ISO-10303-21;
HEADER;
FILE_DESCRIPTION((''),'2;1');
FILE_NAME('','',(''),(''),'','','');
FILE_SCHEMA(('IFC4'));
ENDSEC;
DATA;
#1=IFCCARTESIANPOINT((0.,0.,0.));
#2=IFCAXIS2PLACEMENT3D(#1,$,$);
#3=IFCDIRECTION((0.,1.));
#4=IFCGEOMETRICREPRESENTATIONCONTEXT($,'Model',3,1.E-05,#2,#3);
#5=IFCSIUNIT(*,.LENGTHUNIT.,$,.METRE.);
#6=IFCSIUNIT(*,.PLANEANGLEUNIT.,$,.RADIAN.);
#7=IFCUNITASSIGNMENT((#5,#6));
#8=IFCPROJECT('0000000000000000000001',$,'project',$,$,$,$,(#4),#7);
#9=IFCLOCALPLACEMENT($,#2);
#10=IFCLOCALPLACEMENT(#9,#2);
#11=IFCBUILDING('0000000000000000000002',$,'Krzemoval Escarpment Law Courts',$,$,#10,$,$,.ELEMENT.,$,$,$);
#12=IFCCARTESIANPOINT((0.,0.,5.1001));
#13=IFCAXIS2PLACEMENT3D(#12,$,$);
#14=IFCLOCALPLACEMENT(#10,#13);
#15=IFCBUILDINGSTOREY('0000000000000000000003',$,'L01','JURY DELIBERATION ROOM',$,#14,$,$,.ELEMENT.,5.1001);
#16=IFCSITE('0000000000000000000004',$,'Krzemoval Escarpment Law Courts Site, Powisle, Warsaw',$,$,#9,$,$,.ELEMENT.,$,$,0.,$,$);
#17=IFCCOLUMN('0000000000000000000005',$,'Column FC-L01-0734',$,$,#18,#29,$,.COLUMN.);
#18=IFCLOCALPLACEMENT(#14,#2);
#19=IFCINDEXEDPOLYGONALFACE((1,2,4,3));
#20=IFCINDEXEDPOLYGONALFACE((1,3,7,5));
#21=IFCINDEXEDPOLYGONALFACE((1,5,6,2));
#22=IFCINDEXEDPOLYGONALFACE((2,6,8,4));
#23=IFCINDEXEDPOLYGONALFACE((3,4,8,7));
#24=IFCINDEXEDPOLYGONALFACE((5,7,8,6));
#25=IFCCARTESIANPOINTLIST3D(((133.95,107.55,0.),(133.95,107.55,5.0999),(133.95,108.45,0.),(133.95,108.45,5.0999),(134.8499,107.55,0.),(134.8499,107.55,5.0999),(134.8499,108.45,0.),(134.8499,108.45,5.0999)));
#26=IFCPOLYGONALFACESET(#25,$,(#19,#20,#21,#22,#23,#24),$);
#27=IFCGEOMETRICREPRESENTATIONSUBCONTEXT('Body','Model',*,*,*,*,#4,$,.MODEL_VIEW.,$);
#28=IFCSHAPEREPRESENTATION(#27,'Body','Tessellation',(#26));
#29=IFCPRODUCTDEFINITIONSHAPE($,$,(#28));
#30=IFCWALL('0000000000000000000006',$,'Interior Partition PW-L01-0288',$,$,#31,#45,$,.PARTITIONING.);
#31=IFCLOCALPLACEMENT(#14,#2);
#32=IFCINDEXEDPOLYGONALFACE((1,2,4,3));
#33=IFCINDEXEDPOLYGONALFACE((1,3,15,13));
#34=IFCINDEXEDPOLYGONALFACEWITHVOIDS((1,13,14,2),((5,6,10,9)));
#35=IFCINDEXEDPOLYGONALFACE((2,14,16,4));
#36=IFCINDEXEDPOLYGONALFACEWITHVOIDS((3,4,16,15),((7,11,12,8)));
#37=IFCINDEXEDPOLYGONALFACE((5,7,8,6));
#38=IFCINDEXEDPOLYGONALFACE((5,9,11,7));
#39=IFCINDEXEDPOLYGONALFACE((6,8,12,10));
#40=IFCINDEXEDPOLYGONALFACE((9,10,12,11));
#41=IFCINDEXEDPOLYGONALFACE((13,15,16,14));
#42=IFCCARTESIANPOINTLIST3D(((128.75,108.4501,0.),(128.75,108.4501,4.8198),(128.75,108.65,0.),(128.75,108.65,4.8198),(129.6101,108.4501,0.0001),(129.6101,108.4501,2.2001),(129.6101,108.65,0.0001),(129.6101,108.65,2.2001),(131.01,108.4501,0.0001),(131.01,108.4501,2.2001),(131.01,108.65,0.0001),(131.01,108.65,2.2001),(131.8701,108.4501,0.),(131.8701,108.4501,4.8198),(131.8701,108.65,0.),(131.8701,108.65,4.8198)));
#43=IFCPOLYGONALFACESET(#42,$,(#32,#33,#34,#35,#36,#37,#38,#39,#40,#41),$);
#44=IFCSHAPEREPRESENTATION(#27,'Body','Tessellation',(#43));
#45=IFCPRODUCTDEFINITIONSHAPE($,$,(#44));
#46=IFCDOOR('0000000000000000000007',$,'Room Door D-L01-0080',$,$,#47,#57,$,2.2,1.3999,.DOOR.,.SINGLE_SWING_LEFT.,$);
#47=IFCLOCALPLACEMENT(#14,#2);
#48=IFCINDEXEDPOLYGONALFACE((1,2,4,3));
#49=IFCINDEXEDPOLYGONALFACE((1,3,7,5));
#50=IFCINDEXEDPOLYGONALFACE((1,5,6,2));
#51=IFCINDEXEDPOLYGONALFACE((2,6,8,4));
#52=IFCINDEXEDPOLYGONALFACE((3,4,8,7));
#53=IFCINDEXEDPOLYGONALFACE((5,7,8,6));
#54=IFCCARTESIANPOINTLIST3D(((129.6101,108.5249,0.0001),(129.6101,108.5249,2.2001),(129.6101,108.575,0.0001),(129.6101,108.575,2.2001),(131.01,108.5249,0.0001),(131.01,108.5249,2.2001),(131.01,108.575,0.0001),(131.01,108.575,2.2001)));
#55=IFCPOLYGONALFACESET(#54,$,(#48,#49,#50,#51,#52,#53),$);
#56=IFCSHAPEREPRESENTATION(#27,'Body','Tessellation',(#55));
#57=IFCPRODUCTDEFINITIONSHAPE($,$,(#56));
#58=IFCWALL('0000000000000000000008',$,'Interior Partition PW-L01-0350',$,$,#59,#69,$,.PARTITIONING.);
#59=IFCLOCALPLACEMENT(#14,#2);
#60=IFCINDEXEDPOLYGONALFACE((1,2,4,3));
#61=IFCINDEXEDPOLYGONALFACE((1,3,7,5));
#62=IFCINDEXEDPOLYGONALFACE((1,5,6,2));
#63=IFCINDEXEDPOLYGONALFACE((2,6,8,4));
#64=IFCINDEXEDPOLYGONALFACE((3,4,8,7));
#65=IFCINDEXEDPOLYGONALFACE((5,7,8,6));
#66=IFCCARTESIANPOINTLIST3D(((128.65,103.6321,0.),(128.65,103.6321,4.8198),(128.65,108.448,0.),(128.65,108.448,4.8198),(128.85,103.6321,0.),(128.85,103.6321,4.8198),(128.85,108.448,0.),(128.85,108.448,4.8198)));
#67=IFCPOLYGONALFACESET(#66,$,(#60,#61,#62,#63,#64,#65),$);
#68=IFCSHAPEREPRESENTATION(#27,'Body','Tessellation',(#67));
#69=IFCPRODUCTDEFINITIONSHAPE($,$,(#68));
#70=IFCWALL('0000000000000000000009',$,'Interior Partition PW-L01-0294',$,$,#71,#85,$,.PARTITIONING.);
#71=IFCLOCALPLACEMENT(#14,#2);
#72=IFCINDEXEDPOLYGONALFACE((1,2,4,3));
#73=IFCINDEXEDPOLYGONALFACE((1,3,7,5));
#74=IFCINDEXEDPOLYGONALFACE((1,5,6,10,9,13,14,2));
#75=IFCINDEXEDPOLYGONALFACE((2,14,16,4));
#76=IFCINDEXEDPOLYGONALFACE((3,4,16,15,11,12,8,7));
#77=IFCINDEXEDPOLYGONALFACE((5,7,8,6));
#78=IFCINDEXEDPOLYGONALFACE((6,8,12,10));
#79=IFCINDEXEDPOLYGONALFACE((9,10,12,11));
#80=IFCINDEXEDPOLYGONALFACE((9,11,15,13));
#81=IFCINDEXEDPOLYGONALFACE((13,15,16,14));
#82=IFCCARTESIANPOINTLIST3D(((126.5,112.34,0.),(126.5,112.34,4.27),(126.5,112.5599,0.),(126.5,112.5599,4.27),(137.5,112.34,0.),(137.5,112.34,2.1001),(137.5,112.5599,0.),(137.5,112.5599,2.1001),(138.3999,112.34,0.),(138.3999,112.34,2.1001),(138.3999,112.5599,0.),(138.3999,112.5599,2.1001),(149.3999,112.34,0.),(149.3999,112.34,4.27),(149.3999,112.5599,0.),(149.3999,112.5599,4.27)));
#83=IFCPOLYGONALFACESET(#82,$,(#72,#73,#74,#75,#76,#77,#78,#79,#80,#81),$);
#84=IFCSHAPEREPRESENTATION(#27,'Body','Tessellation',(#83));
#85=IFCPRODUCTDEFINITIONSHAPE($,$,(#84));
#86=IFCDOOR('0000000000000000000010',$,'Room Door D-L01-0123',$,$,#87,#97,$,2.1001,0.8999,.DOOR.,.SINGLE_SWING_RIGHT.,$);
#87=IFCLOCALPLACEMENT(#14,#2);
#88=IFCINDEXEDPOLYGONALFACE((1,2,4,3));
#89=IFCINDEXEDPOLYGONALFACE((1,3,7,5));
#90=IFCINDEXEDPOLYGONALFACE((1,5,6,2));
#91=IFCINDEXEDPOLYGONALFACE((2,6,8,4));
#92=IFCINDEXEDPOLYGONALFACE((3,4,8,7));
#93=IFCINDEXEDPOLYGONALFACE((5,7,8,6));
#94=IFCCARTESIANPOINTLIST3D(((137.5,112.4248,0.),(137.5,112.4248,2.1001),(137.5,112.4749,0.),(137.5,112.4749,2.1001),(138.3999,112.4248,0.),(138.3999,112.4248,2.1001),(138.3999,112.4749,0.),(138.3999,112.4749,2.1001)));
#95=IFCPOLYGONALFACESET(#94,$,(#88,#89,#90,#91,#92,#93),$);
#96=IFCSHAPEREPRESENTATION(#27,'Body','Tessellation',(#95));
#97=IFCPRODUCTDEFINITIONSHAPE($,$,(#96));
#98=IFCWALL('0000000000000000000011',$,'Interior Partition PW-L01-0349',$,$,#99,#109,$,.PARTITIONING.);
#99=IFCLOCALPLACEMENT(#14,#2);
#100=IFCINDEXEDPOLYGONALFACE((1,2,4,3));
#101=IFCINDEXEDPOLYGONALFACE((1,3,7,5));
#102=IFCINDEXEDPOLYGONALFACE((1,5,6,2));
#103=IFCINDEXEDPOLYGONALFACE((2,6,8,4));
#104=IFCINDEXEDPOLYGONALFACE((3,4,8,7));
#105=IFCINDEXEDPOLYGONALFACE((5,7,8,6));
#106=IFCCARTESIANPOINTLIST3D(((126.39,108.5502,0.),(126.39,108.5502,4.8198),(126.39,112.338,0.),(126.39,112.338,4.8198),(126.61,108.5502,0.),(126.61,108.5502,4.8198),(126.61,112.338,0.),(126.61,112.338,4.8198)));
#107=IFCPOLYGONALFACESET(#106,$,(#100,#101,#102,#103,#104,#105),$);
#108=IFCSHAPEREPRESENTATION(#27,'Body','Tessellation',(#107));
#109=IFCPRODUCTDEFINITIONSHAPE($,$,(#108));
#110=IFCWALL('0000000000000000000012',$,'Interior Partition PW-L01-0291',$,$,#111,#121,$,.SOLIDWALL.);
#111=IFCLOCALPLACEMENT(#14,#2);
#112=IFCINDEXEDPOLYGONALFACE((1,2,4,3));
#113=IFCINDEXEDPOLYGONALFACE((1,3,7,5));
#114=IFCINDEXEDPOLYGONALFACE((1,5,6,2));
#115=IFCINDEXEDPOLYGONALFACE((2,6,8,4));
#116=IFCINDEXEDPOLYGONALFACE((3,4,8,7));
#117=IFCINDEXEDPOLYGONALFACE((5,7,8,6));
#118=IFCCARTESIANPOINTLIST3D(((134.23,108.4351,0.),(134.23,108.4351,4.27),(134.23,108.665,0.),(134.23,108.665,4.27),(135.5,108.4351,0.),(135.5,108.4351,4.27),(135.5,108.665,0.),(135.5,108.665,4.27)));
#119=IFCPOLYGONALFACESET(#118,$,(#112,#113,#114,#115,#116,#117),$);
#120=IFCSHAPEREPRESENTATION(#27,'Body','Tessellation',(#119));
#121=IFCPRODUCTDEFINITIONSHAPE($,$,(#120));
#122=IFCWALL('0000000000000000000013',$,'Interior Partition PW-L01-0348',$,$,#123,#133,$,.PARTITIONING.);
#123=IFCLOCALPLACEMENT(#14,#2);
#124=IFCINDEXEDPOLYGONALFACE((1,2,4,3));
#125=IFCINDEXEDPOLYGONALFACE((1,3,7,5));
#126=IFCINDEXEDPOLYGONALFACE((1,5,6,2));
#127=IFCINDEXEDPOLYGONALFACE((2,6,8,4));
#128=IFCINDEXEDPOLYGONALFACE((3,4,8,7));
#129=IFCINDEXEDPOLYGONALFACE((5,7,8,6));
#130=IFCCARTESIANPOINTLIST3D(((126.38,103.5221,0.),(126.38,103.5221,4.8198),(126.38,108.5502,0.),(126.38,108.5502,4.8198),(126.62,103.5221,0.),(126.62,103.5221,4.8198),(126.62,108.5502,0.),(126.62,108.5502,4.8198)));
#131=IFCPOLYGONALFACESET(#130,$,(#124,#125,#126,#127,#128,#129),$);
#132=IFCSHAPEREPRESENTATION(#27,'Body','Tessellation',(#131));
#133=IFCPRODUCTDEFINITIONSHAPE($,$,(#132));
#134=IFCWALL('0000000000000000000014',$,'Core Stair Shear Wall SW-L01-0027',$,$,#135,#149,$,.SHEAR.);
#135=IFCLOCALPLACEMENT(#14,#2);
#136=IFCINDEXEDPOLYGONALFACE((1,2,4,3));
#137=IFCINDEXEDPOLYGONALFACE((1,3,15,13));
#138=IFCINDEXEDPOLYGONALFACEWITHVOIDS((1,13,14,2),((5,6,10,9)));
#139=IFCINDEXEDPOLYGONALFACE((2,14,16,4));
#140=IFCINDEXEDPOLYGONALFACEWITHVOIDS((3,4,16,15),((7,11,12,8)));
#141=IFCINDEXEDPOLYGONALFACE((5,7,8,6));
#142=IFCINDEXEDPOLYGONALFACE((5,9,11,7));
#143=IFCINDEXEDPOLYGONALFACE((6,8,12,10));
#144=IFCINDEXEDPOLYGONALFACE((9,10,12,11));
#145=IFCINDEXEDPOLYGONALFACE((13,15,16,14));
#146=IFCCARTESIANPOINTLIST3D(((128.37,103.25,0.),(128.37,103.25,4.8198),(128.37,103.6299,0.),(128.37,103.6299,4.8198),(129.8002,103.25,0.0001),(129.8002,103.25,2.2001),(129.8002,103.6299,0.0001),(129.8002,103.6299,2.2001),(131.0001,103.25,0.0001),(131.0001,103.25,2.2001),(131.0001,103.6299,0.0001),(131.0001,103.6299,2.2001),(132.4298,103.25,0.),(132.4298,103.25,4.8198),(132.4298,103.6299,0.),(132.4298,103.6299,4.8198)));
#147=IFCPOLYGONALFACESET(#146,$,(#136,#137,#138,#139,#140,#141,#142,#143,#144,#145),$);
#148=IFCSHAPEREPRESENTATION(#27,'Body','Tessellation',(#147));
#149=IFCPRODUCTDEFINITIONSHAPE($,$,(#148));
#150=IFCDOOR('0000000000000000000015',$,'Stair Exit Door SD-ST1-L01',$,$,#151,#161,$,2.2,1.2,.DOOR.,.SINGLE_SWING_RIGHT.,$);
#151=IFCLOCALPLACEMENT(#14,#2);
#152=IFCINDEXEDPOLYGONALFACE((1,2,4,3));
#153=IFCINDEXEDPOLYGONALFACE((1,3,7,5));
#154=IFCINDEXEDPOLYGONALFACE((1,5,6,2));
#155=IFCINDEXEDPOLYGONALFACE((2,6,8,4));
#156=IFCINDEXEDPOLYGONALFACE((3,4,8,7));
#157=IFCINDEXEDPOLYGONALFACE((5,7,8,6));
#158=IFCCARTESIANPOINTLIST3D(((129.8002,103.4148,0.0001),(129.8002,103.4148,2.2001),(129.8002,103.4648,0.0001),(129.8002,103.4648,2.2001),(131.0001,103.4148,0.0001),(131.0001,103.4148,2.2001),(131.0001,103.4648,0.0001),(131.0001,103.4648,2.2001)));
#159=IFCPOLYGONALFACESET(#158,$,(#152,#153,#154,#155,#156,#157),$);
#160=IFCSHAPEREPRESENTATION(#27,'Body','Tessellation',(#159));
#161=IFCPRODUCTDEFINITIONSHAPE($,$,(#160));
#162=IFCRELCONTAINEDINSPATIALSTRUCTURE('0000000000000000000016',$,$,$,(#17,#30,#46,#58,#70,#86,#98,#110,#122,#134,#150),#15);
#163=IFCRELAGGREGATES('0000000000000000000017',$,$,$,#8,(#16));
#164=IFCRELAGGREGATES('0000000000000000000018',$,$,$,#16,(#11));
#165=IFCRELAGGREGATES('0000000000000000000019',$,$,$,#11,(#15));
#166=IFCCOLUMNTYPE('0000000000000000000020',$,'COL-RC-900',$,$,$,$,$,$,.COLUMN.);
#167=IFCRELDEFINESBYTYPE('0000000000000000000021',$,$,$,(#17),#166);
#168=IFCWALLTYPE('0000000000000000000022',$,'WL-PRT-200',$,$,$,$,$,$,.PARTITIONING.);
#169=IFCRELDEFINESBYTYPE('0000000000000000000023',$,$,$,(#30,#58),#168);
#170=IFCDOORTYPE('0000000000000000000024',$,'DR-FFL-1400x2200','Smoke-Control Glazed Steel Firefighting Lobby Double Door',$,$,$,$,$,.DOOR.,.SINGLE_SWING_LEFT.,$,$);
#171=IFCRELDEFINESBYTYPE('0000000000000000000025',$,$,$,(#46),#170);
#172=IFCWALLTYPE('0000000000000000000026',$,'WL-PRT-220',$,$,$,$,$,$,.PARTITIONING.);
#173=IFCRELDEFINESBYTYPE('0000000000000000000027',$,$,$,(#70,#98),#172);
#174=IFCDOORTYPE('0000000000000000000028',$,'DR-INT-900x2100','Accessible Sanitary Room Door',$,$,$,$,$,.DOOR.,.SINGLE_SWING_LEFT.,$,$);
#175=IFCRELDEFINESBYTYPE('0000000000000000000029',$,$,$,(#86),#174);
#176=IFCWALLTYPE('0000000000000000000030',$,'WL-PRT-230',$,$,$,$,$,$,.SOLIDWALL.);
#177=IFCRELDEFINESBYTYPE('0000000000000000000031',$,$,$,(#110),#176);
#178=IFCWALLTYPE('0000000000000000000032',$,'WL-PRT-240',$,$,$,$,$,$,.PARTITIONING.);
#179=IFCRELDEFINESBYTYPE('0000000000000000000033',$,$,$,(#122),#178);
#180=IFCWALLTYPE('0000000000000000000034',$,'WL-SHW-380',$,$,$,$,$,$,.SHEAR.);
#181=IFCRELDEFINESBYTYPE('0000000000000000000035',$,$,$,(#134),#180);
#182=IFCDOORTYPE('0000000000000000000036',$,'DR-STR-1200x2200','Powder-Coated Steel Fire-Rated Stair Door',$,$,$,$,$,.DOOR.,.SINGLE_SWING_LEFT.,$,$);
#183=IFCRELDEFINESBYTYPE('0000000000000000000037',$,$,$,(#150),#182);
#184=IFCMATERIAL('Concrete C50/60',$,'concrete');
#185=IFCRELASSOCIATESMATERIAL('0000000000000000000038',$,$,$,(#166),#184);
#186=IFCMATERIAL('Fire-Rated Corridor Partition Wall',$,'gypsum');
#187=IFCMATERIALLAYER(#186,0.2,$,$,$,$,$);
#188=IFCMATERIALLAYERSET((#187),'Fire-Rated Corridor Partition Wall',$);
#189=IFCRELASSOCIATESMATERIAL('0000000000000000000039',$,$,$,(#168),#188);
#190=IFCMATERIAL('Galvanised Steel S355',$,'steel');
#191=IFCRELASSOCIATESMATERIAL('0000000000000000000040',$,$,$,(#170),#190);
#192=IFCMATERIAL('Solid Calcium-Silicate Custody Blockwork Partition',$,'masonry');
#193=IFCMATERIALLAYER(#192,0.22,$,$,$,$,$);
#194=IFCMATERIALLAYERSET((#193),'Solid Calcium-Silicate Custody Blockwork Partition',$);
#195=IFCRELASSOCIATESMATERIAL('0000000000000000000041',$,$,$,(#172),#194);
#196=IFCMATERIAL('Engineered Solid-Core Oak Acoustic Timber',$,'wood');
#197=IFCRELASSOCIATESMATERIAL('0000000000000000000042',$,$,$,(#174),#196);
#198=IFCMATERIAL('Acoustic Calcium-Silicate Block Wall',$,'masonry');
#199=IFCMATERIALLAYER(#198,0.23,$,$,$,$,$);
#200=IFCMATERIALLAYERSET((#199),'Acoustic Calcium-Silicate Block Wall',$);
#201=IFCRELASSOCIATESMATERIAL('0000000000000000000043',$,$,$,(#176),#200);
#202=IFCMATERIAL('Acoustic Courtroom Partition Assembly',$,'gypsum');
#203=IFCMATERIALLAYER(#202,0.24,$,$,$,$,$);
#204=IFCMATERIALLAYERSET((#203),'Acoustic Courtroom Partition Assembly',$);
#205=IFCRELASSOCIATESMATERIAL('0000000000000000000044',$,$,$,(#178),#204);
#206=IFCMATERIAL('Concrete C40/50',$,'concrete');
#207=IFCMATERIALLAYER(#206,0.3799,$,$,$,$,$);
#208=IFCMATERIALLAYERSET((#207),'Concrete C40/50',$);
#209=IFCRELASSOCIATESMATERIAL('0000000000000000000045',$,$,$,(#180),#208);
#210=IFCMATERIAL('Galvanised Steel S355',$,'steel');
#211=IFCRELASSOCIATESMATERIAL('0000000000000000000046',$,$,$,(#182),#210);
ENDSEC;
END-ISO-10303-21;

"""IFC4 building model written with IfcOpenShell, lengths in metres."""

from ifc_helpers import new_model, si_unit, direction, frame, frame_2d, origin, origin_2d, place, context, subcontext, project, spatial, rectangle, extrude, material, layer, layer_set, material_profile, profile_set, type_object, element, fill, save


model = new_model("IFC4")

# Units and contexts
model_context = context("Model", 3, precision=1e-05, world=origin(), true_north=direction((0.0, 1.0)))
body_context = subcontext(model_context, "Body", "Model", "MODEL_VIEW")
ifc_project = project(units=[si_unit("LENGTHUNIT", "METRE"), si_unit("PLANEANGLEUNIT", "RADIAN")], contexts=[model_context])

# Site, building, storey
site_placement = place(None, origin())
site = spatial("IfcSite", under=ifc_project, at=site_placement, Name="Krzemoval Escarpment Law Courts Site, Powisle, Warsaw", CompositionType="ELEMENT", RefElevation=0.0)
building_placement = place(site_placement, origin())
building = spatial("IfcBuilding", under=site, at=building_placement, Name="Krzemoval Escarpment Law Courts", CompositionType="ELEMENT")
storey_placement = place(building_placement, frame((0.0, 0.0, 5.1001)))
storey = spatial("IfcBuildingStorey", under=building, at=storey_placement, Name="L01", Description="JURY DELIBERATION ROOM", CompositionType="ELEMENT", Elevation=5.1001)

# Column
ifc_material_1 = material(Name="Concrete C50/60", Category="concrete")
ifc_material_profile = material_profile(ifc_material_1, rectangle(XDim=0.8999, YDim=0.8999, at=origin_2d()), Name="RC 900x900")
ifc_profile_set = profile_set([ifc_material_profile], Name="Concrete C50/60")
column_type = type_object("IfcColumnType", Name="COL-RC-900", PredefinedType="COLUMN", material=ifc_profile_set)
column_placement = place(storey_placement, frame((134.3999, 108.0, 0.0), z_axis=(0.0, 0.0, 1.0), x_axis=(1.0, 0.0, 0.0)))
element("IfcColumn", 1, at=column_placement, inside=storey, type_object=column_type, Name="Column FC-L01-0734", PredefinedType="COLUMN", context=body_context, shape_type="SweptSolid", body=[
    extrude(rectangle(XDim=0.8999, YDim=0.8999, at=origin_2d()), origin(), (0.0, 0.0, 1.0), 5.0999),
])

# Wall, opening, door
ifc_material_2 = material(Name="Fire-Rated Corridor Partition Wall", Category="gypsum")
ifc_layer_1 = layer(ifc_material_2, 0.2)
ifc_layer_set_1 = layer_set([ifc_layer_1], Name="Fire-Rated Corridor Partition Wall")
wall_type_1 = type_object("IfcWallType", Name="WL-PRT-200", PredefinedType="PARTITIONING", material=ifc_layer_set_1)
wall_1_placement = place(storey_placement, frame((128.75, 108.55, 0.0), z_axis=(0.0, 0.0, 1.0), x_axis=(1.0, 0.0, 0.0)))
wall_1 = element("IfcWall", 2, at=wall_1_placement, inside=storey, type_object=wall_type_1, Name="Interior Partition PW-L01-0288", PredefinedType="PARTITIONING", context=body_context, shape_type="SweptSolid", body=[
    extrude(rectangle(XDim=3.1201, YDim=0.2, at=frame_2d((1.5601, 0.0))), origin(), (0.0, 0.0, 1.0), 4.8198),
])
opening_1_placement = place(wall_1_placement, frame((0.8601, 0.0, 0.0)))
opening_1 = element("IfcOpeningElement", 3, at=opening_1_placement, cuts=wall_1, PredefinedType="OPENING", context=body_context, shape_type="SweptSolid", body=[
    extrude(rectangle(XDim=1.3999, YDim=2.2, at=frame_2d((0.7, 1.1001))), frame((0.0, 0.115, 0.0), z_axis=(0.0, -1.0, 0.0), x_axis=(1.0, 0.0, 0.0)), (0.0, 0.0, 1.0), 0.2299),
])
ifc_material_3 = material(Name="Galvanised Steel S355", Category="steel")
door_type_1 = type_object("IfcDoorType", Name="DR-FFL-1400x2200", Description="Smoke-Control Glazed Steel Firefighting Lobby Double Door", OperationType="SINGLE_SWING_LEFT", PredefinedType="DOOR", material=ifc_material_3)
door_1_placement = place(opening_1_placement, origin())
door_1 = element("IfcDoor", 4, at=door_1_placement, inside=storey, type_object=door_type_1, Name="Room Door D-L01-0080", OperationType="SINGLE_SWING_LEFT", OverallHeight=2.2, OverallWidth=1.3999, PredefinedType="DOOR", context=body_context, shape_type="SweptSolid", body=[
    extrude(rectangle(XDim=1.3999, YDim=2.2, at=frame_2d((0.7, 1.1001))), frame((0.0, 0.0249, 0.0), z_axis=(0.0, -1.0, 0.0), x_axis=(1.0, 0.0, 0.0)), (0.0, 0.0, 1.0), 0.05),
])
fill(opening_1, door_1)

# Wall
wall_2_placement = place(storey_placement, frame((128.75, 103.6321, 0.0), z_axis=(0.0, 0.0, 1.0), x_axis=(0.0, 1.0, 0.0)))
element("IfcWall", 5, at=wall_2_placement, inside=storey, type_object=wall_type_1, Name="Interior Partition PW-L01-0350", PredefinedType="PARTITIONING", context=body_context, shape_type="SweptSolid", body=[
    extrude(rectangle(XDim=4.8159, YDim=0.2, at=frame_2d((2.408, 0.0))), origin(), (0.0, 0.0, 1.0), 4.8198),
])

# Wall, opening, door
ifc_material_4 = material(Name="Solid Calcium-Silicate Custody Blockwork Partition", Category="masonry")
ifc_layer_2 = layer(ifc_material_4, 0.22)
ifc_layer_set_2 = layer_set([ifc_layer_2], Name="Solid Calcium-Silicate Custody Blockwork Partition")
wall_type_2 = type_object("IfcWallType", Name="WL-PRT-220", PredefinedType="PARTITIONING", material=ifc_layer_set_2)
wall_3_placement = place(storey_placement, frame((126.5, 112.45, 0.0), z_axis=(0.0, 0.0, 1.0), x_axis=(1.0, 0.0, 0.0)))
wall_3 = element("IfcWall", 6, at=wall_3_placement, inside=storey, type_object=wall_type_2, Name="Interior Partition PW-L01-0294", PredefinedType="PARTITIONING", context=body_context, shape_type="SweptSolid", body=[
    extrude(rectangle(XDim=22.8999, YDim=0.22, at=frame_2d((11.45, 0.0))), origin(), (0.0, 0.0, 1.0), 4.27),
])
opening_2_placement = place(wall_3_placement, frame((11.0, 0.0, 0.0)))
opening_2 = element("IfcOpeningElement", 7, at=opening_2_placement, cuts=wall_3, PredefinedType="OPENING", context=body_context, shape_type="SweptSolid", body=[
    extrude(rectangle(XDim=0.8999, YDim=2.1001, at=frame_2d((0.45, 1.05))), frame((0.0, 0.125, 0.0), z_axis=(0.0, -1.0, 0.0), x_axis=(1.0, 0.0, 0.0)), (0.0, 0.0, 1.0), 0.25),
])
ifc_material_5 = material(Name="Engineered Solid-Core Oak Acoustic Timber", Category="wood")
door_type_2 = type_object("IfcDoorType", Name="DR-INT-900x2100", Description="Accessible Sanitary Room Door", OperationType="SINGLE_SWING_LEFT", PredefinedType="DOOR", material=ifc_material_5)
door_2_placement = place(opening_2_placement, origin())
door_2 = element("IfcDoor", 8, at=door_2_placement, inside=storey, type_object=door_type_2, Name="Room Door D-L01-0123", OperationType="SINGLE_SWING_RIGHT", OverallHeight=2.1001, OverallWidth=0.8999, PredefinedType="DOOR", context=body_context, shape_type="SweptSolid", body=[
    extrude(rectangle(XDim=0.8999, YDim=2.1001, at=frame_2d((0.45, 1.05))), frame((0.0, 0.0249, 0.0), z_axis=(0.0, -1.0, 0.0), x_axis=(1.0, 0.0, 0.0)), (0.0, 0.0, 1.0), 0.05),
])
fill(opening_2, door_2)

# Walls
wall_4_placement = place(storey_placement, frame((126.5, 108.55, 0.0), z_axis=(0.0, 0.0, 1.0), x_axis=(0.0, 1.0, 0.0)))
element("IfcWall", 9, at=wall_4_placement, inside=storey, type_object=wall_type_2, Name="Interior Partition PW-L01-0349", PredefinedType="PARTITIONING", context=body_context, shape_type="SweptSolid", body=[
    extrude(rectangle(XDim=3.7878, YDim=0.22, at=frame_2d((1.894, 0.0))), origin(), (0.0, 0.0, 1.0), 4.8198),
])
ifc_material_6 = material(Name="Acoustic Calcium-Silicate Block Wall", Category="masonry")
ifc_layer_3 = layer(ifc_material_6, 0.23)
ifc_layer_set_3 = layer_set([ifc_layer_3], Name="Acoustic Calcium-Silicate Block Wall")
wall_type_3 = type_object("IfcWallType", Name="WL-PRT-230", PredefinedType="SOLIDWALL", material=ifc_layer_set_3)
wall_5_placement = place(storey_placement, frame((134.23, 108.55, 0.0), z_axis=(0.0, 0.0, 1.0), x_axis=(1.0, 0.0, 0.0)))
element("IfcWall", 10, at=wall_5_placement, inside=storey, type_object=wall_type_3, Name="Interior Partition PW-L01-0291", PredefinedType="SOLIDWALL", context=body_context, shape_type="SweptSolid", body=[
    extrude(rectangle(XDim=1.27, YDim=0.23, at=frame_2d((0.635, 0.0))), origin(), (0.0, 0.0, 1.0), 4.27),
])
ifc_material_7 = material(Name="Acoustic Courtroom Partition Assembly", Category="gypsum")
ifc_layer_4 = layer(ifc_material_7, 0.24)
ifc_layer_set_4 = layer_set([ifc_layer_4], Name="Acoustic Courtroom Partition Assembly")
wall_type_4 = type_object("IfcWallType", Name="WL-PRT-240", PredefinedType="PARTITIONING", material=ifc_layer_set_4)
wall_6_placement = place(storey_placement, frame((126.5, 103.522, 0.0), z_axis=(0.0, 0.0, 1.0), x_axis=(0.0, 1.0, 0.0)))
element("IfcWall", 11, at=wall_6_placement, inside=storey, type_object=wall_type_4, Name="Interior Partition PW-L01-0348", PredefinedType="PARTITIONING", context=body_context, shape_type="SweptSolid", body=[
    extrude(rectangle(XDim=5.0281, YDim=0.24, at=frame_2d((2.5142, 0.0))), origin(), (0.0, 0.0, 1.0), 4.8198),
])

# Wall, opening, door
ifc_material_8 = material(Name="Concrete C40/50", Category="concrete")
ifc_layer_5 = layer(ifc_material_8, 0.3799)
ifc_layer_set_5 = layer_set([ifc_layer_5], Name="Concrete C40/50")
wall_type_5 = type_object("IfcWallType", Name="WL-SHW-380", PredefinedType="SHEAR", material=ifc_layer_set_5)
wall_7_placement = place(storey_placement, frame((128.3701, 103.4399, 0.0), z_axis=(0.0, 0.0, 1.0), x_axis=(1.0, 0.0, 0.0)))
wall_7 = element("IfcWall", 12, at=wall_7_placement, inside=storey, type_object=wall_type_5, Name="Core Stair Shear Wall SW-L01-0027", PredefinedType="SHEAR", context=body_context, shape_type="SweptSolid", body=[
    extrude(rectangle(XDim=4.0598, YDim=0.3799, at=frame_2d((2.0298, 0.0))), origin(), (0.0, 0.0, 1.0), 4.8198),
])
opening_3_placement = place(wall_7_placement, frame((1.4299, 0.0, 0.0)))
opening_3 = element("IfcOpeningElement", 13, at=opening_3_placement, cuts=wall_7, PredefinedType="OPENING", context=body_context, shape_type="SweptSolid", body=[
    extrude(rectangle(XDim=1.2, YDim=2.2, at=frame_2d((0.6001, 1.1001))), frame((0.0, 0.2049, 0.0), z_axis=(0.0, -1.0, 0.0), x_axis=(1.0, 0.0, 0.0)), (0.0, 0.0, 1.0), 0.4099),
])
ifc_material_9 = material(Name="Galvanised Steel S355", Category="steel")
door_type_3 = type_object("IfcDoorType", Name="DR-STR-1200x2200", Description="Powder-Coated Steel Fire-Rated Stair Door", OperationType="SINGLE_SWING_LEFT", PredefinedType="DOOR", material=ifc_material_9)
door_3_placement = place(opening_3_placement, origin())
door_3 = element("IfcDoor", 14, at=door_3_placement, inside=storey, type_object=door_type_3, Name="Stair Exit Door SD-ST1-L01", OperationType="SINGLE_SWING_RIGHT", OverallHeight=2.2, OverallWidth=1.2, PredefinedType="DOOR", context=body_context, shape_type="SweptSolid", body=[
    extrude(rectangle(XDim=1.2, YDim=2.2, at=frame_2d((0.6001, 1.1001))), frame((0.0, 0.0249, 0.0), z_axis=(0.0, -1.0, 0.0), x_axis=(1.0, 0.0, 0.0)), (0.0, 0.0, 1.0), 0.05),
])
fill(opening_3, door_3)

save(model, "model.ifc")
